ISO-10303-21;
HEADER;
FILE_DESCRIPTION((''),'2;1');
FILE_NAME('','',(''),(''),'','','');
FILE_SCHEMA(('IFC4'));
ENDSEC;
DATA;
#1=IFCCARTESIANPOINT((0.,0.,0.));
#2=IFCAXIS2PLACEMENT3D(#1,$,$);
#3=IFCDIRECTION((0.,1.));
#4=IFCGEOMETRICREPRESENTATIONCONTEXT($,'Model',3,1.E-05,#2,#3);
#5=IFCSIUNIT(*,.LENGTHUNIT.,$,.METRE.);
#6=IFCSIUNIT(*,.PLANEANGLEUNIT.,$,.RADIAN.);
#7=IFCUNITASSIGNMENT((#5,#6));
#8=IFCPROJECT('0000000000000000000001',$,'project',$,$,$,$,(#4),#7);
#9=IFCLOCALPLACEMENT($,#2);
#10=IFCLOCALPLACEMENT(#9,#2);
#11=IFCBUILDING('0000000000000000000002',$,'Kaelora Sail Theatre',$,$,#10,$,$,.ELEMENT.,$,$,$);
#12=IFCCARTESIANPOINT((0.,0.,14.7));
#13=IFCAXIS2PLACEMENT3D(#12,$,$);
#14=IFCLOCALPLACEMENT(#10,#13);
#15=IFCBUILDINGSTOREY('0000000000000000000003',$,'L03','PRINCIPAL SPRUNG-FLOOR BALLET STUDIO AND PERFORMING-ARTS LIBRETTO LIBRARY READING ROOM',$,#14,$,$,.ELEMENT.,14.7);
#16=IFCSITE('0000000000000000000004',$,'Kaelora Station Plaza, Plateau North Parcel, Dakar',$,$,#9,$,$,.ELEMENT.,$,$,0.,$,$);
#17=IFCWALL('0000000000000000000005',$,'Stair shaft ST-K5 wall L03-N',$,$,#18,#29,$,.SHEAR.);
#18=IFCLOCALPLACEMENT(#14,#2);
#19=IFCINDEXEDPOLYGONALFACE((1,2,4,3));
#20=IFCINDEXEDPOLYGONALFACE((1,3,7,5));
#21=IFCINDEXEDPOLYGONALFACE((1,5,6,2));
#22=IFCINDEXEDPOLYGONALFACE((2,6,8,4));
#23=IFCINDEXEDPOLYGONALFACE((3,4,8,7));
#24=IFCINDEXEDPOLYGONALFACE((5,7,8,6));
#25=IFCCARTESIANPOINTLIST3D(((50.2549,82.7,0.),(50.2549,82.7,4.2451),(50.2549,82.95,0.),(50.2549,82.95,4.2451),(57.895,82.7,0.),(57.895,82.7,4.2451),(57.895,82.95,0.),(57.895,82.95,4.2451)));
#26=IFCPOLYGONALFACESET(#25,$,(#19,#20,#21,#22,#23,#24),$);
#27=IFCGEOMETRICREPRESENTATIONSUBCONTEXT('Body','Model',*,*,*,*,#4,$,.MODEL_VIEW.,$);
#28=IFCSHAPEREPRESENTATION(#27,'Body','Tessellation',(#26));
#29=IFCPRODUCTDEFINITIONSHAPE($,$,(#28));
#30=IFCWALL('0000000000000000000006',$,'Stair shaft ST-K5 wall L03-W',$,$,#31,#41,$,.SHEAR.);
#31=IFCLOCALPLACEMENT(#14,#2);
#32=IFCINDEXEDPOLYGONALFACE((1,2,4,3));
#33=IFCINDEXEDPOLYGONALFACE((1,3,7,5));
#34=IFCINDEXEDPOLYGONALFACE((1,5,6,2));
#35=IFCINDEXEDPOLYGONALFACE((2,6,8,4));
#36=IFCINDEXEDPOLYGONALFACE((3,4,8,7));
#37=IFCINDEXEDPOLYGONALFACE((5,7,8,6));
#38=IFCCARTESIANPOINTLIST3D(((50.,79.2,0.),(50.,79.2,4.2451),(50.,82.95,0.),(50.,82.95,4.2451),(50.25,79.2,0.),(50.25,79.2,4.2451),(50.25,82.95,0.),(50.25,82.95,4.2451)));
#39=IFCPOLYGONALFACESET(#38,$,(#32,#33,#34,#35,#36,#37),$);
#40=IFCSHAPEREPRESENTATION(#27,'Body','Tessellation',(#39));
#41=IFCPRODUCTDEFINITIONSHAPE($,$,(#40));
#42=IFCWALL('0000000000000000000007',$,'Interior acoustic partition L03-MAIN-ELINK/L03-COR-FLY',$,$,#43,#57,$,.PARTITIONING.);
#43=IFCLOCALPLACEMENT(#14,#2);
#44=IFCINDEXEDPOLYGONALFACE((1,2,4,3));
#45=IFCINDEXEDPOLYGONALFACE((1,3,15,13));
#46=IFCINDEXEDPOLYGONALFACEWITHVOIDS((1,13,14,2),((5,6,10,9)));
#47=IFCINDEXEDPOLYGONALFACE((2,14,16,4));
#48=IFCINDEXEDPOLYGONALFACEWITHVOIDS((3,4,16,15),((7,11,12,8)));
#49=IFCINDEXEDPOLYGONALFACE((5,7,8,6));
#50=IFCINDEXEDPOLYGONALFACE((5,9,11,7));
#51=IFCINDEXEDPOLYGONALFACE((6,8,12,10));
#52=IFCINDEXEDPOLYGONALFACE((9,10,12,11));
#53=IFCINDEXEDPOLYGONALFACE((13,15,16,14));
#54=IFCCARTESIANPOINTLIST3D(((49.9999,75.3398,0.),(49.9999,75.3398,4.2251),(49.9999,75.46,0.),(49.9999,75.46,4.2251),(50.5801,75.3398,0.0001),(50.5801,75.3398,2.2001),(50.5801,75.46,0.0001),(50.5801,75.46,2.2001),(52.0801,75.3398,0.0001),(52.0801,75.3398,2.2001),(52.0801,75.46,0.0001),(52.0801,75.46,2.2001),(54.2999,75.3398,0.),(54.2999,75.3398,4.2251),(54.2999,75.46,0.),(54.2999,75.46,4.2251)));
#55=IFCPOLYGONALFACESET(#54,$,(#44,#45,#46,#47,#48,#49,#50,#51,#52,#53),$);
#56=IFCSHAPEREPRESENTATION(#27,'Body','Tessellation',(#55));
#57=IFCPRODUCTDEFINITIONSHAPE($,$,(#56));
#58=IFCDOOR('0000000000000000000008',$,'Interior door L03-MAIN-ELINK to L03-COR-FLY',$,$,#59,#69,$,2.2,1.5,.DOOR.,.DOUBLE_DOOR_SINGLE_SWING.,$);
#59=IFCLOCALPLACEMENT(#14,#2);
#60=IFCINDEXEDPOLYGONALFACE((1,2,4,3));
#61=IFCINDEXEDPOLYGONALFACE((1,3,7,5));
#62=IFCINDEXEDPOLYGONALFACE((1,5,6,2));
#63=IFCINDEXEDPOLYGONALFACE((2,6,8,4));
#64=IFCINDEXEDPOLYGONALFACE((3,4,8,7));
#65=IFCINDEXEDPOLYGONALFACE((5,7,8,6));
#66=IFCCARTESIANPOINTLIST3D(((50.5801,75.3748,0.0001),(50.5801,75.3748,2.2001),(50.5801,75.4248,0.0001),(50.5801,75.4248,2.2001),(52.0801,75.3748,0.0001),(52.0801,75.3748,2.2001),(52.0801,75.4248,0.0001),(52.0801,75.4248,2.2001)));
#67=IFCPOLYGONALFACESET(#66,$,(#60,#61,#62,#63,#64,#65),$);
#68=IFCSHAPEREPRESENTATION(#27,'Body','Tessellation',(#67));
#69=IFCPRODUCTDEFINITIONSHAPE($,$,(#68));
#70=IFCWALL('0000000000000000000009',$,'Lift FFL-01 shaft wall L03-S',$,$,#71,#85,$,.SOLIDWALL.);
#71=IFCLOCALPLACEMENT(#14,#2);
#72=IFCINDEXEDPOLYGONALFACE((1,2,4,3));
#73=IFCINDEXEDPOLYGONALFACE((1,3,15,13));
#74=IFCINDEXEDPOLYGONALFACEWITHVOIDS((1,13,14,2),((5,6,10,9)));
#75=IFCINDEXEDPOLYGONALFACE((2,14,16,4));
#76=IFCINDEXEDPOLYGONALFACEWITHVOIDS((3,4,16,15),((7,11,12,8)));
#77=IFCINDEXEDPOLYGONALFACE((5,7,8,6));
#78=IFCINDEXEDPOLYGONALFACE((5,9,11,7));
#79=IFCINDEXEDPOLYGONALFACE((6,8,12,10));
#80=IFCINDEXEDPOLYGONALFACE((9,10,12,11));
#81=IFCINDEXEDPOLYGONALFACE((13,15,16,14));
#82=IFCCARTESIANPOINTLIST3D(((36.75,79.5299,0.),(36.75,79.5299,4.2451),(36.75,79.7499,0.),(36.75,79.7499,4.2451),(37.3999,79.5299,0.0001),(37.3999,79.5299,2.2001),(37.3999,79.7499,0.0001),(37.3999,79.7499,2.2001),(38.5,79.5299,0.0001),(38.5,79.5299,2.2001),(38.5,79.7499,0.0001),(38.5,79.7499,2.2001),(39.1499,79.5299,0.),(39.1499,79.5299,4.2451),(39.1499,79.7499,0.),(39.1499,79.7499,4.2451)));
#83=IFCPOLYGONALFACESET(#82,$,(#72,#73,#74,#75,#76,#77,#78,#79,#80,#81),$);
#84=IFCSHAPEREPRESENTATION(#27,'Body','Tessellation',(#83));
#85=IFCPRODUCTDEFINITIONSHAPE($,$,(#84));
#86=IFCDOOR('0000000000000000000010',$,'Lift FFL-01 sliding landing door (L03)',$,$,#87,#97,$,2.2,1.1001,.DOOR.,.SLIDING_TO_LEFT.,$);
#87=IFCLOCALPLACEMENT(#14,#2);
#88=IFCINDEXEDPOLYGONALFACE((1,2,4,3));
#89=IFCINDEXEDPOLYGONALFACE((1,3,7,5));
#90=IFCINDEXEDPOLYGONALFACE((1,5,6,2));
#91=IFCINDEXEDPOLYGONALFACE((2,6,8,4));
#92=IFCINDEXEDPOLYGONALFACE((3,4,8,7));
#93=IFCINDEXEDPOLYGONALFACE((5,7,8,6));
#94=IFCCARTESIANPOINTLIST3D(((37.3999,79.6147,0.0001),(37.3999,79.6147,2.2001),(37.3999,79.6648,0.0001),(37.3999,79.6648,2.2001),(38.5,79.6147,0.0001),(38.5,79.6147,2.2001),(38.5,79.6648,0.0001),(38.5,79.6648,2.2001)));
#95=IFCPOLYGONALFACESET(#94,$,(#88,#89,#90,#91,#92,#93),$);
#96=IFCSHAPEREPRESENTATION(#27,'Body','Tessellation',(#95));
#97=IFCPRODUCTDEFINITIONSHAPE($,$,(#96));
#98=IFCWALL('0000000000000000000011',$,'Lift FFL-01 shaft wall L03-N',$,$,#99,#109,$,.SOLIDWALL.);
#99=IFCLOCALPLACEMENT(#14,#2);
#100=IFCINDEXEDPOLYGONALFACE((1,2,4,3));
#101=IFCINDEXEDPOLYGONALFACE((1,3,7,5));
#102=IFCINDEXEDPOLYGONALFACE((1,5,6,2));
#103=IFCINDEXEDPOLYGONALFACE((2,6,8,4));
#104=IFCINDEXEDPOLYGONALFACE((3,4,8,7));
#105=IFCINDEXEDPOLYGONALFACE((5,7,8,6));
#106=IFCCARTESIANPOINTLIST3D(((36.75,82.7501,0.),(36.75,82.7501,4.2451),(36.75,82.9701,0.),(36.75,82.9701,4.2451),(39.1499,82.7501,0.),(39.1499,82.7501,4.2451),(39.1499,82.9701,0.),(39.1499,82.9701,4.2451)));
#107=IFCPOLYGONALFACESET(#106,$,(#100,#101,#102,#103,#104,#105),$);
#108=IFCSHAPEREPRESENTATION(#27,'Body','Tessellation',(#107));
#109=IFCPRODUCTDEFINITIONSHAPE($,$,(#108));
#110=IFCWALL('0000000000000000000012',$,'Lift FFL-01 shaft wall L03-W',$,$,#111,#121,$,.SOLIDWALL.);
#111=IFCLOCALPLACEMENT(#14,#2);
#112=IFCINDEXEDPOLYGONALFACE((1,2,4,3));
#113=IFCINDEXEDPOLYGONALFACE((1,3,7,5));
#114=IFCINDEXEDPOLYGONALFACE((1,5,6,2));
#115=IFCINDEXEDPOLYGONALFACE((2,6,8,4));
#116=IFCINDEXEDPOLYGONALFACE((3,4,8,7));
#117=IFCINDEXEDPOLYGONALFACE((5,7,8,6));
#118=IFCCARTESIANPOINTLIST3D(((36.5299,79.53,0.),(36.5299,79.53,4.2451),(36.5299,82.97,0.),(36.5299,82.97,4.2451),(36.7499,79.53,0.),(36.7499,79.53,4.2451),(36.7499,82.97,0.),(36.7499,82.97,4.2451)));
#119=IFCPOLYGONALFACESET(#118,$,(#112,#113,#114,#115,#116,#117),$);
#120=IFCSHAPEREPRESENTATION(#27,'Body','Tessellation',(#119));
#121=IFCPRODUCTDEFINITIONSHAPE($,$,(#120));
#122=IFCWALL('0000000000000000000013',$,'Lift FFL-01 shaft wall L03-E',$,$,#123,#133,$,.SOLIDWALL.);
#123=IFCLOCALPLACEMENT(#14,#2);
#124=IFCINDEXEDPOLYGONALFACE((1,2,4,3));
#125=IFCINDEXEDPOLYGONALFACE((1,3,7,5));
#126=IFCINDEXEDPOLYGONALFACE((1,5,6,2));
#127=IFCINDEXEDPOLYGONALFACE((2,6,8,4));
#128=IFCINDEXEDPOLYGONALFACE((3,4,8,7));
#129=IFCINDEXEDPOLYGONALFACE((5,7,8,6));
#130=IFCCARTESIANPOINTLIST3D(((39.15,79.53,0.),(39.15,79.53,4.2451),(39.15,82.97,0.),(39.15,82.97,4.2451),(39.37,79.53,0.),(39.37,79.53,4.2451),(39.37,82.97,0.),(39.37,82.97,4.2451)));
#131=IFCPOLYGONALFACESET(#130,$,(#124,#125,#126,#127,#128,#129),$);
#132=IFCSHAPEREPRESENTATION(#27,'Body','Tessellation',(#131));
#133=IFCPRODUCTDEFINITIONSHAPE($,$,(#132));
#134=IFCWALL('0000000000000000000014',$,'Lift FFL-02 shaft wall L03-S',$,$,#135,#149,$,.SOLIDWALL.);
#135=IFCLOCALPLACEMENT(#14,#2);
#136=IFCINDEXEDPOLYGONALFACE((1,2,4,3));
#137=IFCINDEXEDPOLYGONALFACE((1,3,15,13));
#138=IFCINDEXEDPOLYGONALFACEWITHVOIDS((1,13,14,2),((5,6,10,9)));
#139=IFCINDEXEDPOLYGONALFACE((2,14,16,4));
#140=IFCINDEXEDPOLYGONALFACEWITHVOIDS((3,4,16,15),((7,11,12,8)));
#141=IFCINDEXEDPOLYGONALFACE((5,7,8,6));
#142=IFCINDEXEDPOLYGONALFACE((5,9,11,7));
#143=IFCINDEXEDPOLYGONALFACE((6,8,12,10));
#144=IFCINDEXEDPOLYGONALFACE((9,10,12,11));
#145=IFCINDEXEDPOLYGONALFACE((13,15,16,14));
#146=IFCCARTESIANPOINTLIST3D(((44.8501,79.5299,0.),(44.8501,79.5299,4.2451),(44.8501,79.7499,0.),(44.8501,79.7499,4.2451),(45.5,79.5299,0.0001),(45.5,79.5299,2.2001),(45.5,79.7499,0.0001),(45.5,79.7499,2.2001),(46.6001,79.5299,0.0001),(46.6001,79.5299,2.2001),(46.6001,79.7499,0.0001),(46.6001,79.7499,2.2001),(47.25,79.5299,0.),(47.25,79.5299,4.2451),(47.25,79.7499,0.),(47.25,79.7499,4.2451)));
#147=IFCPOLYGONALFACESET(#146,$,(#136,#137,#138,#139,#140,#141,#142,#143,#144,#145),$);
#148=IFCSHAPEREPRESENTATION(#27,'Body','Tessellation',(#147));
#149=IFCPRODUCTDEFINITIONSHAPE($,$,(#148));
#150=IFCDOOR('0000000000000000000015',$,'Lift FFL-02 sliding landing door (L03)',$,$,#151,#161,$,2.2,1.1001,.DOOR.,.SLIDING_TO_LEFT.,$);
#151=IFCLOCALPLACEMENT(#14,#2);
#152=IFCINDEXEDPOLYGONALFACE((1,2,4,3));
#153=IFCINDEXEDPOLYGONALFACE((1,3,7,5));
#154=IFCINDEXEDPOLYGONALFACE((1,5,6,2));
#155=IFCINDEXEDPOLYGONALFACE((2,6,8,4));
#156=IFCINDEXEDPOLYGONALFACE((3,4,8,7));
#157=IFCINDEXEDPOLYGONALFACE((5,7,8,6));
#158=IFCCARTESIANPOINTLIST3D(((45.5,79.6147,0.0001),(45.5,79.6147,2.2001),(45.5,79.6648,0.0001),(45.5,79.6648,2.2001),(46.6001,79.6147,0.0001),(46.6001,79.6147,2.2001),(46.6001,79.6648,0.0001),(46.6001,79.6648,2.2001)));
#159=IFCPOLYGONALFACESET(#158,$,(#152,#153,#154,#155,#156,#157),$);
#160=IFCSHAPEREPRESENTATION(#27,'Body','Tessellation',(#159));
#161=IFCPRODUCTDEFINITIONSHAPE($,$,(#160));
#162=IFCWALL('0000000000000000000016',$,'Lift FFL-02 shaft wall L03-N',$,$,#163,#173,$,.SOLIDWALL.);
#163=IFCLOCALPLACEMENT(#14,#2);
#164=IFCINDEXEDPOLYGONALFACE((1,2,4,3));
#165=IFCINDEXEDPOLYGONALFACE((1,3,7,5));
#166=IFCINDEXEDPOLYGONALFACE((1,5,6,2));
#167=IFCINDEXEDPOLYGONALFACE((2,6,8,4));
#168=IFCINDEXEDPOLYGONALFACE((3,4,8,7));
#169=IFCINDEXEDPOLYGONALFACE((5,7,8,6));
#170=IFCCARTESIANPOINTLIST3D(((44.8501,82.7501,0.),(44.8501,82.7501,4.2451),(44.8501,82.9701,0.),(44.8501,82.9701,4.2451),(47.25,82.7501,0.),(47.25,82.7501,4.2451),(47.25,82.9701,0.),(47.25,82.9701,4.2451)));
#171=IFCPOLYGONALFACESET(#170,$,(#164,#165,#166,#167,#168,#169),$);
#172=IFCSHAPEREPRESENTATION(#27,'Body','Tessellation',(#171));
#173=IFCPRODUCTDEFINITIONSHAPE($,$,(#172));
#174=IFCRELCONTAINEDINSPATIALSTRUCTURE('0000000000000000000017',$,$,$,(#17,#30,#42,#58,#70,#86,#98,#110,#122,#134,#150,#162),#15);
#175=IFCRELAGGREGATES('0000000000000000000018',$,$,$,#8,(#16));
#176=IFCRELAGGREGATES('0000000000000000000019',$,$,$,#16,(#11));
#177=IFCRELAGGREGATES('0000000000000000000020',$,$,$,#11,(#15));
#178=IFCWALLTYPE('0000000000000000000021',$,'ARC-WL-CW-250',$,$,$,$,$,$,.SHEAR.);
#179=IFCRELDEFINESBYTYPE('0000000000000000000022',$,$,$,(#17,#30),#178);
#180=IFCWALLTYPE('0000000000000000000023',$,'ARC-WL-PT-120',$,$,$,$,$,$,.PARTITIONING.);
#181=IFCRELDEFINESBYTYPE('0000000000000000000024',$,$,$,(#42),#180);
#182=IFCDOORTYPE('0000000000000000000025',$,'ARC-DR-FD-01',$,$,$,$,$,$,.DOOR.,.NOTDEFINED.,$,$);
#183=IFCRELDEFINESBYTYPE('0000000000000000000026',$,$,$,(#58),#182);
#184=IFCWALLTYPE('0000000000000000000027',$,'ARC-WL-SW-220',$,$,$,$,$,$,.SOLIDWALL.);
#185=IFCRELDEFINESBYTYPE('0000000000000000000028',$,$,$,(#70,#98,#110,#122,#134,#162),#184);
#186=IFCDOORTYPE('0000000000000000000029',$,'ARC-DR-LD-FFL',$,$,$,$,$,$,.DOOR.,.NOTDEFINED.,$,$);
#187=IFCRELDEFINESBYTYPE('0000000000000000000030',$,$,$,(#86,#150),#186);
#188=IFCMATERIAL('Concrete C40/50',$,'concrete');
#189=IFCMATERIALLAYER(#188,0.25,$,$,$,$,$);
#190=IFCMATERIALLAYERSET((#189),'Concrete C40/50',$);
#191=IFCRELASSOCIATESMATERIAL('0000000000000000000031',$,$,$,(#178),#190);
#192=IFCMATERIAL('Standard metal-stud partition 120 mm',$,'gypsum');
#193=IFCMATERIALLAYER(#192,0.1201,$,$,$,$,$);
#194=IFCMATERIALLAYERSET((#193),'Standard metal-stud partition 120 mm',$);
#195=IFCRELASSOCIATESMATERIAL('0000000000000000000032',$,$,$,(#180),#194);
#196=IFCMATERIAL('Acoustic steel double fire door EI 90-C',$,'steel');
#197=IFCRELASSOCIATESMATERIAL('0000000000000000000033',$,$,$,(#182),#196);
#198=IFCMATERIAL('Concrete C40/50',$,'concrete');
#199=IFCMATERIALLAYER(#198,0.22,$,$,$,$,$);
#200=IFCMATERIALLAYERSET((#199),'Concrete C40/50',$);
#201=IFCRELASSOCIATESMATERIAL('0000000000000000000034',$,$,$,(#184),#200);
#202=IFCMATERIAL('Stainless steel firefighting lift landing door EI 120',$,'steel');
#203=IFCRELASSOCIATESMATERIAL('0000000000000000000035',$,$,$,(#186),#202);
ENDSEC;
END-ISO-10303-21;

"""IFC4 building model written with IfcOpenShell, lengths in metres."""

from ifc_helpers import new_model, si_unit, direction, frame, frame_2d, origin, place, context, subcontext, project, spatial, rectangle, extrude, material, layer, layer_set, type_object, element, fill, save


model = new_model("IFC4")

# Units and contexts
model_context = context("Model", 3, precision=1e-05, world=origin(), true_north=direction((0.0, 1.0)))
body_context = subcontext(model_context, "Body", "Model", "MODEL_VIEW")
ifc_project = project(units=[si_unit("LENGTHUNIT", "METRE"), si_unit("PLANEANGLEUNIT", "RADIAN")], contexts=[model_context])

# Site, building, storey
site_placement = place(None, origin())
site = spatial("IfcSite", under=ifc_project, at=site_placement, Name="Kaelora Station Plaza, Plateau North Parcel, Dakar", CompositionType="ELEMENT", RefElevation=0.0)
building_placement = place(site_placement, origin())
building = spatial("IfcBuilding", under=site, at=building_placement, Name="Kaelora Sail Theatre", CompositionType="ELEMENT")
storey_placement = place(building_placement, frame((0.0, 0.0, 14.7)))
storey = spatial("IfcBuildingStorey", under=building, at=storey_placement, Name="L03", Description="PRINCIPAL SPRUNG-FLOOR BALLET STUDIO AND PERFORMING-ARTS LIBRETTO LIBRARY READING ROOM", CompositionType="ELEMENT", Elevation=14.7)

# Shared definitions
ifc_material_1 = material(Name="Concrete C40/50", Category="concrete")
ifc_layer_1 = layer(ifc_material_1, 0.25)
ifc_layer_set_1 = layer_set([ifc_layer_1], Name="Concrete C40/50")
wall_type_1 = type_object("IfcWallType", Name="ARC-WL-CW-250", PredefinedType="SHEAR", material=ifc_layer_set_1)

# Walls
wall_1_placement = place(storey_placement, frame((50.2549, 82.825, 0.0), z_axis=(0.0, 0.0, 1.0), x_axis=(1.0, 0.0, 0.0)))
element("IfcWall", 1, at=wall_1_placement, inside=storey, type_object=wall_type_1, Name="Stair shaft ST-K5 wall L03-N", PredefinedType="SHEAR", context=body_context, shape_type="SweptSolid", body=[
    extrude(rectangle(XDim=7.6401, YDim=0.25, at=frame_2d((3.8201, 0.0))), origin(), (0.0, 0.0, 1.0), 4.2451),
])
wall_2_placement = place(storey_placement, frame((50.125, 79.2, 0.0), z_axis=(0.0, 0.0, 1.0), x_axis=(0.0, 1.0, 0.0)))
element("IfcWall", 2, at=wall_2_placement, inside=storey, type_object=wall_type_1, Name="Stair shaft ST-K5 wall L03-W", PredefinedType="SHEAR", context=body_context, shape_type="SweptSolid", body=[
    extrude(rectangle(XDim=3.75, YDim=0.25, at=frame_2d((1.875, 0.0))), origin(), (0.0, 0.0, 1.0), 4.2451),
])

# Walls, openings, doors
ifc_material_2 = material(Name="Standard metal-stud partition 120 mm", Category="gypsum")
ifc_layer_2 = layer(ifc_material_2, 0.1201)
ifc_layer_set_2 = layer_set([ifc_layer_2], Name="Standard metal-stud partition 120 mm")
wall_type_2 = type_object("IfcWallType", Name="ARC-WL-PT-120", PredefinedType="PARTITIONING", material=ifc_layer_set_2)
wall_3_placement = place(storey_placement, frame((50.0, 75.3999, 0.0), z_axis=(0.0, 0.0, 1.0), x_axis=(1.0, 0.0, 0.0)))
wall_3 = element("IfcWall", 3, at=wall_3_placement, inside=storey, type_object=wall_type_2, Name="Interior acoustic partition L03-MAIN-ELINK/L03-COR-FLY", PredefinedType="PARTITIONING", context=body_context, shape_type="SweptSolid", body=[
    extrude(rectangle(XDim=4.3, YDim=0.1201, at=frame_2d((2.1499, 0.0))), origin(), (0.0, 0.0, 1.0), 4.2251),
])
opening_1_placement = place(wall_3_placement, frame((0.5801, 0.0, 0.0)))
opening_1 = element("IfcOpeningElement", 4, at=opening_1_placement, cuts=wall_3, PredefinedType="OPENING", context=body_context, shape_type="SweptSolid", body=[
    extrude(rectangle(XDim=1.5, YDim=2.2, at=frame_2d((0.75, 1.1001))), frame((0.0, 0.0701, 0.0), z_axis=(0.0, -1.0, 0.0), x_axis=(1.0, 0.0, 0.0)), (0.0, 0.0, 1.0), 0.1401),
])
ifc_material_3 = material(Name="Acoustic steel double fire door EI 90-C", Category="steel")
door_type_1 = type_object("IfcDoorType", Name="ARC-DR-FD-01", OperationType="NOTDEFINED", PredefinedType="DOOR", material=ifc_material_3)
door_1_placement = place(opening_1_placement, origin())
door_1 = element("IfcDoor", 5, at=door_1_placement, inside=storey, type_object=door_type_1, Name="Interior door L03-MAIN-ELINK to L03-COR-FLY", OperationType="DOUBLE_DOOR_SINGLE_SWING", OverallHeight=2.2, OverallWidth=1.5, PredefinedType="DOOR", context=body_context, shape_type="SweptSolid", body=[
    extrude(rectangle(XDim=1.5, YDim=2.2, at=frame_2d((0.75, 1.1001))), frame((0.0, 0.0249, 0.0), z_axis=(0.0, -1.0, 0.0), x_axis=(1.0, 0.0, 0.0)), (0.0, 0.0, 1.0), 0.05),
])
fill(opening_1, door_1)
ifc_material_4 = material(Name="Concrete C40/50", Category="concrete")
ifc_layer_3 = layer(ifc_material_4, 0.22)
ifc_layer_set_3 = layer_set([ifc_layer_3], Name="Concrete C40/50")
wall_type_3 = type_object("IfcWallType", Name="ARC-WL-SW-220", PredefinedType="SOLIDWALL", material=ifc_layer_set_3)
wall_4_placement = place(storey_placement, frame((36.75, 79.6399, 0.0), z_axis=(0.0, 0.0, 1.0), x_axis=(1.0, 0.0, 0.0)))
wall_4 = element("IfcWall", 6, at=wall_4_placement, inside=storey, type_object=wall_type_3, Name="Lift FFL-01 shaft wall L03-S", PredefinedType="SOLIDWALL", context=body_context, shape_type="SweptSolid", body=[
    extrude(rectangle(XDim=2.3999, YDim=0.22, at=frame_2d((1.2, 0.0))), origin(), (0.0, 0.0, 1.0), 4.2451),
])
opening_2_placement = place(wall_4_placement, frame((0.6499, 0.0, 0.0)))
opening_2 = element("IfcOpeningElement", 7, at=opening_2_placement, cuts=wall_4, PredefinedType="OPENING", context=body_context, shape_type="SweptSolid", body=[
    extrude(rectangle(XDim=1.1001, YDim=2.2, at=frame_2d((0.55, 1.1001))), frame((0.0, 0.1199, 0.0), z_axis=(0.0, -1.0, 0.0), x_axis=(1.0, 0.0, 0.0)), (0.0, 0.0, 1.0), 0.24),
])
ifc_material_5 = material(Name="Stainless steel firefighting lift landing door EI 120", Category="steel")
door_type_2 = type_object("IfcDoorType", Name="ARC-DR-LD-FFL", OperationType="NOTDEFINED", PredefinedType="DOOR", material=ifc_material_5)
door_2_placement = place(opening_2_placement, origin())
door_2 = element("IfcDoor", 8, at=door_2_placement, inside=storey, type_object=door_type_2, Name="Lift FFL-01 sliding landing door (L03)", OperationType="SLIDING_TO_LEFT", OverallHeight=2.2, OverallWidth=1.1001, PredefinedType="DOOR", context=body_context, shape_type="SweptSolid", body=[
    extrude(rectangle(XDim=1.1001, YDim=2.2, at=frame_2d((0.55, 1.1001))), frame((0.0, 0.0249, 0.0), z_axis=(0.0, -1.0, 0.0), x_axis=(1.0, 0.0, 0.0)), (0.0, 0.0, 1.0), 0.05),
])
fill(opening_2, door_2)

# Walls
wall_5_placement = place(storey_placement, frame((36.75, 82.8601, 0.0), z_axis=(0.0, 0.0, 1.0), x_axis=(1.0, 0.0, 0.0)))
element("IfcWall", 9, at=wall_5_placement, inside=storey, type_object=wall_type_3, Name="Lift FFL-01 shaft wall L03-N", PredefinedType="SOLIDWALL", context=body_context, shape_type="SweptSolid", body=[
    extrude(rectangle(XDim=2.3999, YDim=0.22, at=frame_2d((1.2, 0.0))), origin(), (0.0, 0.0, 1.0), 4.2451),
])
for number, where, z_axis, x_axis, name in (
    (10, (36.6399, 79.53, 0.0), (0.0, 0.0, 1.0), (0.0, 1.0, 0.0), "Lift FFL-01 shaft wall L03-W"),
    (11, (39.26, 79.53, 0.0), (0.0, 0.0, 1.0), (0.0, 1.0, 0.0), "Lift FFL-01 shaft wall L03-E"),
):
    element("IfcWall", number, at=place(storey_placement, frame(where, z_axis=z_axis, x_axis=x_axis)), inside=storey, type_object=wall_type_3, Name=name, PredefinedType="SOLIDWALL", context=body_context, shape_type="SweptSolid", body=[
        extrude(rectangle(XDim=3.4399, YDim=0.22, at=frame_2d((1.72, 0.0))), origin(), (0.0, 0.0, 1.0), 4.2451),
    ])

# Wall, opening, door
wall_6_placement = place(storey_placement, frame((44.8501, 79.6399, 0.0), z_axis=(0.0, 0.0, 1.0), x_axis=(1.0, 0.0, 0.0)))
wall_6 = element("IfcWall", 12, at=wall_6_placement, inside=storey, type_object=wall_type_3, Name="Lift FFL-02 shaft wall L03-S", PredefinedType="SOLIDWALL", context=body_context, shape_type="SweptSolid", body=[
    extrude(rectangle(XDim=2.3999, YDim=0.22, at=frame_2d((1.2, 0.0))), origin(), (0.0, 0.0, 1.0), 4.2451),
])
opening_3_placement = place(wall_6_placement, frame((0.6499, 0.0, 0.0)))
opening_3 = element("IfcOpeningElement", 13, at=opening_3_placement, cuts=wall_6, PredefinedType="OPENING", context=body_context, shape_type="SweptSolid", body=[
    extrude(rectangle(XDim=1.1001, YDim=2.2, at=frame_2d((0.55, 1.1001))), frame((0.0, 0.1199, 0.0), z_axis=(0.0, -1.0, 0.0), x_axis=(1.0, 0.0, 0.0)), (0.0, 0.0, 1.0), 0.24),
])
door_3_placement = place(opening_3_placement, origin())
door_3 = element("IfcDoor", 14, at=door_3_placement, inside=storey, type_object=door_type_2, Name="Lift FFL-02 sliding landing door (L03)", OperationType="SLIDING_TO_LEFT", OverallHeight=2.2, OverallWidth=1.1001, PredefinedType="DOOR", context=body_context, shape_type="SweptSolid", body=[
    extrude(rectangle(XDim=1.1001, YDim=2.2, at=frame_2d((0.55, 1.1001))), frame((0.0, 0.0249, 0.0), z_axis=(0.0, -1.0, 0.0), x_axis=(1.0, 0.0, 0.0)), (0.0, 0.0, 1.0), 0.05),
])
fill(opening_3, door_3)

# Wall
wall_7_placement = place(storey_placement, frame((44.8501, 82.8601, 0.0), z_axis=(0.0, 0.0, 1.0), x_axis=(1.0, 0.0, 0.0)))
element("IfcWall", 15, at=wall_7_placement, inside=storey, type_object=wall_type_3, Name="Lift FFL-02 shaft wall L03-N", PredefinedType="SOLIDWALL", context=body_context, shape_type="SweptSolid", body=[
    extrude(rectangle(XDim=2.3999, YDim=0.22, at=frame_2d((1.2, 0.0))), origin(), (0.0, 0.0, 1.0), 4.2451),
])

save(model, "model.ifc")
